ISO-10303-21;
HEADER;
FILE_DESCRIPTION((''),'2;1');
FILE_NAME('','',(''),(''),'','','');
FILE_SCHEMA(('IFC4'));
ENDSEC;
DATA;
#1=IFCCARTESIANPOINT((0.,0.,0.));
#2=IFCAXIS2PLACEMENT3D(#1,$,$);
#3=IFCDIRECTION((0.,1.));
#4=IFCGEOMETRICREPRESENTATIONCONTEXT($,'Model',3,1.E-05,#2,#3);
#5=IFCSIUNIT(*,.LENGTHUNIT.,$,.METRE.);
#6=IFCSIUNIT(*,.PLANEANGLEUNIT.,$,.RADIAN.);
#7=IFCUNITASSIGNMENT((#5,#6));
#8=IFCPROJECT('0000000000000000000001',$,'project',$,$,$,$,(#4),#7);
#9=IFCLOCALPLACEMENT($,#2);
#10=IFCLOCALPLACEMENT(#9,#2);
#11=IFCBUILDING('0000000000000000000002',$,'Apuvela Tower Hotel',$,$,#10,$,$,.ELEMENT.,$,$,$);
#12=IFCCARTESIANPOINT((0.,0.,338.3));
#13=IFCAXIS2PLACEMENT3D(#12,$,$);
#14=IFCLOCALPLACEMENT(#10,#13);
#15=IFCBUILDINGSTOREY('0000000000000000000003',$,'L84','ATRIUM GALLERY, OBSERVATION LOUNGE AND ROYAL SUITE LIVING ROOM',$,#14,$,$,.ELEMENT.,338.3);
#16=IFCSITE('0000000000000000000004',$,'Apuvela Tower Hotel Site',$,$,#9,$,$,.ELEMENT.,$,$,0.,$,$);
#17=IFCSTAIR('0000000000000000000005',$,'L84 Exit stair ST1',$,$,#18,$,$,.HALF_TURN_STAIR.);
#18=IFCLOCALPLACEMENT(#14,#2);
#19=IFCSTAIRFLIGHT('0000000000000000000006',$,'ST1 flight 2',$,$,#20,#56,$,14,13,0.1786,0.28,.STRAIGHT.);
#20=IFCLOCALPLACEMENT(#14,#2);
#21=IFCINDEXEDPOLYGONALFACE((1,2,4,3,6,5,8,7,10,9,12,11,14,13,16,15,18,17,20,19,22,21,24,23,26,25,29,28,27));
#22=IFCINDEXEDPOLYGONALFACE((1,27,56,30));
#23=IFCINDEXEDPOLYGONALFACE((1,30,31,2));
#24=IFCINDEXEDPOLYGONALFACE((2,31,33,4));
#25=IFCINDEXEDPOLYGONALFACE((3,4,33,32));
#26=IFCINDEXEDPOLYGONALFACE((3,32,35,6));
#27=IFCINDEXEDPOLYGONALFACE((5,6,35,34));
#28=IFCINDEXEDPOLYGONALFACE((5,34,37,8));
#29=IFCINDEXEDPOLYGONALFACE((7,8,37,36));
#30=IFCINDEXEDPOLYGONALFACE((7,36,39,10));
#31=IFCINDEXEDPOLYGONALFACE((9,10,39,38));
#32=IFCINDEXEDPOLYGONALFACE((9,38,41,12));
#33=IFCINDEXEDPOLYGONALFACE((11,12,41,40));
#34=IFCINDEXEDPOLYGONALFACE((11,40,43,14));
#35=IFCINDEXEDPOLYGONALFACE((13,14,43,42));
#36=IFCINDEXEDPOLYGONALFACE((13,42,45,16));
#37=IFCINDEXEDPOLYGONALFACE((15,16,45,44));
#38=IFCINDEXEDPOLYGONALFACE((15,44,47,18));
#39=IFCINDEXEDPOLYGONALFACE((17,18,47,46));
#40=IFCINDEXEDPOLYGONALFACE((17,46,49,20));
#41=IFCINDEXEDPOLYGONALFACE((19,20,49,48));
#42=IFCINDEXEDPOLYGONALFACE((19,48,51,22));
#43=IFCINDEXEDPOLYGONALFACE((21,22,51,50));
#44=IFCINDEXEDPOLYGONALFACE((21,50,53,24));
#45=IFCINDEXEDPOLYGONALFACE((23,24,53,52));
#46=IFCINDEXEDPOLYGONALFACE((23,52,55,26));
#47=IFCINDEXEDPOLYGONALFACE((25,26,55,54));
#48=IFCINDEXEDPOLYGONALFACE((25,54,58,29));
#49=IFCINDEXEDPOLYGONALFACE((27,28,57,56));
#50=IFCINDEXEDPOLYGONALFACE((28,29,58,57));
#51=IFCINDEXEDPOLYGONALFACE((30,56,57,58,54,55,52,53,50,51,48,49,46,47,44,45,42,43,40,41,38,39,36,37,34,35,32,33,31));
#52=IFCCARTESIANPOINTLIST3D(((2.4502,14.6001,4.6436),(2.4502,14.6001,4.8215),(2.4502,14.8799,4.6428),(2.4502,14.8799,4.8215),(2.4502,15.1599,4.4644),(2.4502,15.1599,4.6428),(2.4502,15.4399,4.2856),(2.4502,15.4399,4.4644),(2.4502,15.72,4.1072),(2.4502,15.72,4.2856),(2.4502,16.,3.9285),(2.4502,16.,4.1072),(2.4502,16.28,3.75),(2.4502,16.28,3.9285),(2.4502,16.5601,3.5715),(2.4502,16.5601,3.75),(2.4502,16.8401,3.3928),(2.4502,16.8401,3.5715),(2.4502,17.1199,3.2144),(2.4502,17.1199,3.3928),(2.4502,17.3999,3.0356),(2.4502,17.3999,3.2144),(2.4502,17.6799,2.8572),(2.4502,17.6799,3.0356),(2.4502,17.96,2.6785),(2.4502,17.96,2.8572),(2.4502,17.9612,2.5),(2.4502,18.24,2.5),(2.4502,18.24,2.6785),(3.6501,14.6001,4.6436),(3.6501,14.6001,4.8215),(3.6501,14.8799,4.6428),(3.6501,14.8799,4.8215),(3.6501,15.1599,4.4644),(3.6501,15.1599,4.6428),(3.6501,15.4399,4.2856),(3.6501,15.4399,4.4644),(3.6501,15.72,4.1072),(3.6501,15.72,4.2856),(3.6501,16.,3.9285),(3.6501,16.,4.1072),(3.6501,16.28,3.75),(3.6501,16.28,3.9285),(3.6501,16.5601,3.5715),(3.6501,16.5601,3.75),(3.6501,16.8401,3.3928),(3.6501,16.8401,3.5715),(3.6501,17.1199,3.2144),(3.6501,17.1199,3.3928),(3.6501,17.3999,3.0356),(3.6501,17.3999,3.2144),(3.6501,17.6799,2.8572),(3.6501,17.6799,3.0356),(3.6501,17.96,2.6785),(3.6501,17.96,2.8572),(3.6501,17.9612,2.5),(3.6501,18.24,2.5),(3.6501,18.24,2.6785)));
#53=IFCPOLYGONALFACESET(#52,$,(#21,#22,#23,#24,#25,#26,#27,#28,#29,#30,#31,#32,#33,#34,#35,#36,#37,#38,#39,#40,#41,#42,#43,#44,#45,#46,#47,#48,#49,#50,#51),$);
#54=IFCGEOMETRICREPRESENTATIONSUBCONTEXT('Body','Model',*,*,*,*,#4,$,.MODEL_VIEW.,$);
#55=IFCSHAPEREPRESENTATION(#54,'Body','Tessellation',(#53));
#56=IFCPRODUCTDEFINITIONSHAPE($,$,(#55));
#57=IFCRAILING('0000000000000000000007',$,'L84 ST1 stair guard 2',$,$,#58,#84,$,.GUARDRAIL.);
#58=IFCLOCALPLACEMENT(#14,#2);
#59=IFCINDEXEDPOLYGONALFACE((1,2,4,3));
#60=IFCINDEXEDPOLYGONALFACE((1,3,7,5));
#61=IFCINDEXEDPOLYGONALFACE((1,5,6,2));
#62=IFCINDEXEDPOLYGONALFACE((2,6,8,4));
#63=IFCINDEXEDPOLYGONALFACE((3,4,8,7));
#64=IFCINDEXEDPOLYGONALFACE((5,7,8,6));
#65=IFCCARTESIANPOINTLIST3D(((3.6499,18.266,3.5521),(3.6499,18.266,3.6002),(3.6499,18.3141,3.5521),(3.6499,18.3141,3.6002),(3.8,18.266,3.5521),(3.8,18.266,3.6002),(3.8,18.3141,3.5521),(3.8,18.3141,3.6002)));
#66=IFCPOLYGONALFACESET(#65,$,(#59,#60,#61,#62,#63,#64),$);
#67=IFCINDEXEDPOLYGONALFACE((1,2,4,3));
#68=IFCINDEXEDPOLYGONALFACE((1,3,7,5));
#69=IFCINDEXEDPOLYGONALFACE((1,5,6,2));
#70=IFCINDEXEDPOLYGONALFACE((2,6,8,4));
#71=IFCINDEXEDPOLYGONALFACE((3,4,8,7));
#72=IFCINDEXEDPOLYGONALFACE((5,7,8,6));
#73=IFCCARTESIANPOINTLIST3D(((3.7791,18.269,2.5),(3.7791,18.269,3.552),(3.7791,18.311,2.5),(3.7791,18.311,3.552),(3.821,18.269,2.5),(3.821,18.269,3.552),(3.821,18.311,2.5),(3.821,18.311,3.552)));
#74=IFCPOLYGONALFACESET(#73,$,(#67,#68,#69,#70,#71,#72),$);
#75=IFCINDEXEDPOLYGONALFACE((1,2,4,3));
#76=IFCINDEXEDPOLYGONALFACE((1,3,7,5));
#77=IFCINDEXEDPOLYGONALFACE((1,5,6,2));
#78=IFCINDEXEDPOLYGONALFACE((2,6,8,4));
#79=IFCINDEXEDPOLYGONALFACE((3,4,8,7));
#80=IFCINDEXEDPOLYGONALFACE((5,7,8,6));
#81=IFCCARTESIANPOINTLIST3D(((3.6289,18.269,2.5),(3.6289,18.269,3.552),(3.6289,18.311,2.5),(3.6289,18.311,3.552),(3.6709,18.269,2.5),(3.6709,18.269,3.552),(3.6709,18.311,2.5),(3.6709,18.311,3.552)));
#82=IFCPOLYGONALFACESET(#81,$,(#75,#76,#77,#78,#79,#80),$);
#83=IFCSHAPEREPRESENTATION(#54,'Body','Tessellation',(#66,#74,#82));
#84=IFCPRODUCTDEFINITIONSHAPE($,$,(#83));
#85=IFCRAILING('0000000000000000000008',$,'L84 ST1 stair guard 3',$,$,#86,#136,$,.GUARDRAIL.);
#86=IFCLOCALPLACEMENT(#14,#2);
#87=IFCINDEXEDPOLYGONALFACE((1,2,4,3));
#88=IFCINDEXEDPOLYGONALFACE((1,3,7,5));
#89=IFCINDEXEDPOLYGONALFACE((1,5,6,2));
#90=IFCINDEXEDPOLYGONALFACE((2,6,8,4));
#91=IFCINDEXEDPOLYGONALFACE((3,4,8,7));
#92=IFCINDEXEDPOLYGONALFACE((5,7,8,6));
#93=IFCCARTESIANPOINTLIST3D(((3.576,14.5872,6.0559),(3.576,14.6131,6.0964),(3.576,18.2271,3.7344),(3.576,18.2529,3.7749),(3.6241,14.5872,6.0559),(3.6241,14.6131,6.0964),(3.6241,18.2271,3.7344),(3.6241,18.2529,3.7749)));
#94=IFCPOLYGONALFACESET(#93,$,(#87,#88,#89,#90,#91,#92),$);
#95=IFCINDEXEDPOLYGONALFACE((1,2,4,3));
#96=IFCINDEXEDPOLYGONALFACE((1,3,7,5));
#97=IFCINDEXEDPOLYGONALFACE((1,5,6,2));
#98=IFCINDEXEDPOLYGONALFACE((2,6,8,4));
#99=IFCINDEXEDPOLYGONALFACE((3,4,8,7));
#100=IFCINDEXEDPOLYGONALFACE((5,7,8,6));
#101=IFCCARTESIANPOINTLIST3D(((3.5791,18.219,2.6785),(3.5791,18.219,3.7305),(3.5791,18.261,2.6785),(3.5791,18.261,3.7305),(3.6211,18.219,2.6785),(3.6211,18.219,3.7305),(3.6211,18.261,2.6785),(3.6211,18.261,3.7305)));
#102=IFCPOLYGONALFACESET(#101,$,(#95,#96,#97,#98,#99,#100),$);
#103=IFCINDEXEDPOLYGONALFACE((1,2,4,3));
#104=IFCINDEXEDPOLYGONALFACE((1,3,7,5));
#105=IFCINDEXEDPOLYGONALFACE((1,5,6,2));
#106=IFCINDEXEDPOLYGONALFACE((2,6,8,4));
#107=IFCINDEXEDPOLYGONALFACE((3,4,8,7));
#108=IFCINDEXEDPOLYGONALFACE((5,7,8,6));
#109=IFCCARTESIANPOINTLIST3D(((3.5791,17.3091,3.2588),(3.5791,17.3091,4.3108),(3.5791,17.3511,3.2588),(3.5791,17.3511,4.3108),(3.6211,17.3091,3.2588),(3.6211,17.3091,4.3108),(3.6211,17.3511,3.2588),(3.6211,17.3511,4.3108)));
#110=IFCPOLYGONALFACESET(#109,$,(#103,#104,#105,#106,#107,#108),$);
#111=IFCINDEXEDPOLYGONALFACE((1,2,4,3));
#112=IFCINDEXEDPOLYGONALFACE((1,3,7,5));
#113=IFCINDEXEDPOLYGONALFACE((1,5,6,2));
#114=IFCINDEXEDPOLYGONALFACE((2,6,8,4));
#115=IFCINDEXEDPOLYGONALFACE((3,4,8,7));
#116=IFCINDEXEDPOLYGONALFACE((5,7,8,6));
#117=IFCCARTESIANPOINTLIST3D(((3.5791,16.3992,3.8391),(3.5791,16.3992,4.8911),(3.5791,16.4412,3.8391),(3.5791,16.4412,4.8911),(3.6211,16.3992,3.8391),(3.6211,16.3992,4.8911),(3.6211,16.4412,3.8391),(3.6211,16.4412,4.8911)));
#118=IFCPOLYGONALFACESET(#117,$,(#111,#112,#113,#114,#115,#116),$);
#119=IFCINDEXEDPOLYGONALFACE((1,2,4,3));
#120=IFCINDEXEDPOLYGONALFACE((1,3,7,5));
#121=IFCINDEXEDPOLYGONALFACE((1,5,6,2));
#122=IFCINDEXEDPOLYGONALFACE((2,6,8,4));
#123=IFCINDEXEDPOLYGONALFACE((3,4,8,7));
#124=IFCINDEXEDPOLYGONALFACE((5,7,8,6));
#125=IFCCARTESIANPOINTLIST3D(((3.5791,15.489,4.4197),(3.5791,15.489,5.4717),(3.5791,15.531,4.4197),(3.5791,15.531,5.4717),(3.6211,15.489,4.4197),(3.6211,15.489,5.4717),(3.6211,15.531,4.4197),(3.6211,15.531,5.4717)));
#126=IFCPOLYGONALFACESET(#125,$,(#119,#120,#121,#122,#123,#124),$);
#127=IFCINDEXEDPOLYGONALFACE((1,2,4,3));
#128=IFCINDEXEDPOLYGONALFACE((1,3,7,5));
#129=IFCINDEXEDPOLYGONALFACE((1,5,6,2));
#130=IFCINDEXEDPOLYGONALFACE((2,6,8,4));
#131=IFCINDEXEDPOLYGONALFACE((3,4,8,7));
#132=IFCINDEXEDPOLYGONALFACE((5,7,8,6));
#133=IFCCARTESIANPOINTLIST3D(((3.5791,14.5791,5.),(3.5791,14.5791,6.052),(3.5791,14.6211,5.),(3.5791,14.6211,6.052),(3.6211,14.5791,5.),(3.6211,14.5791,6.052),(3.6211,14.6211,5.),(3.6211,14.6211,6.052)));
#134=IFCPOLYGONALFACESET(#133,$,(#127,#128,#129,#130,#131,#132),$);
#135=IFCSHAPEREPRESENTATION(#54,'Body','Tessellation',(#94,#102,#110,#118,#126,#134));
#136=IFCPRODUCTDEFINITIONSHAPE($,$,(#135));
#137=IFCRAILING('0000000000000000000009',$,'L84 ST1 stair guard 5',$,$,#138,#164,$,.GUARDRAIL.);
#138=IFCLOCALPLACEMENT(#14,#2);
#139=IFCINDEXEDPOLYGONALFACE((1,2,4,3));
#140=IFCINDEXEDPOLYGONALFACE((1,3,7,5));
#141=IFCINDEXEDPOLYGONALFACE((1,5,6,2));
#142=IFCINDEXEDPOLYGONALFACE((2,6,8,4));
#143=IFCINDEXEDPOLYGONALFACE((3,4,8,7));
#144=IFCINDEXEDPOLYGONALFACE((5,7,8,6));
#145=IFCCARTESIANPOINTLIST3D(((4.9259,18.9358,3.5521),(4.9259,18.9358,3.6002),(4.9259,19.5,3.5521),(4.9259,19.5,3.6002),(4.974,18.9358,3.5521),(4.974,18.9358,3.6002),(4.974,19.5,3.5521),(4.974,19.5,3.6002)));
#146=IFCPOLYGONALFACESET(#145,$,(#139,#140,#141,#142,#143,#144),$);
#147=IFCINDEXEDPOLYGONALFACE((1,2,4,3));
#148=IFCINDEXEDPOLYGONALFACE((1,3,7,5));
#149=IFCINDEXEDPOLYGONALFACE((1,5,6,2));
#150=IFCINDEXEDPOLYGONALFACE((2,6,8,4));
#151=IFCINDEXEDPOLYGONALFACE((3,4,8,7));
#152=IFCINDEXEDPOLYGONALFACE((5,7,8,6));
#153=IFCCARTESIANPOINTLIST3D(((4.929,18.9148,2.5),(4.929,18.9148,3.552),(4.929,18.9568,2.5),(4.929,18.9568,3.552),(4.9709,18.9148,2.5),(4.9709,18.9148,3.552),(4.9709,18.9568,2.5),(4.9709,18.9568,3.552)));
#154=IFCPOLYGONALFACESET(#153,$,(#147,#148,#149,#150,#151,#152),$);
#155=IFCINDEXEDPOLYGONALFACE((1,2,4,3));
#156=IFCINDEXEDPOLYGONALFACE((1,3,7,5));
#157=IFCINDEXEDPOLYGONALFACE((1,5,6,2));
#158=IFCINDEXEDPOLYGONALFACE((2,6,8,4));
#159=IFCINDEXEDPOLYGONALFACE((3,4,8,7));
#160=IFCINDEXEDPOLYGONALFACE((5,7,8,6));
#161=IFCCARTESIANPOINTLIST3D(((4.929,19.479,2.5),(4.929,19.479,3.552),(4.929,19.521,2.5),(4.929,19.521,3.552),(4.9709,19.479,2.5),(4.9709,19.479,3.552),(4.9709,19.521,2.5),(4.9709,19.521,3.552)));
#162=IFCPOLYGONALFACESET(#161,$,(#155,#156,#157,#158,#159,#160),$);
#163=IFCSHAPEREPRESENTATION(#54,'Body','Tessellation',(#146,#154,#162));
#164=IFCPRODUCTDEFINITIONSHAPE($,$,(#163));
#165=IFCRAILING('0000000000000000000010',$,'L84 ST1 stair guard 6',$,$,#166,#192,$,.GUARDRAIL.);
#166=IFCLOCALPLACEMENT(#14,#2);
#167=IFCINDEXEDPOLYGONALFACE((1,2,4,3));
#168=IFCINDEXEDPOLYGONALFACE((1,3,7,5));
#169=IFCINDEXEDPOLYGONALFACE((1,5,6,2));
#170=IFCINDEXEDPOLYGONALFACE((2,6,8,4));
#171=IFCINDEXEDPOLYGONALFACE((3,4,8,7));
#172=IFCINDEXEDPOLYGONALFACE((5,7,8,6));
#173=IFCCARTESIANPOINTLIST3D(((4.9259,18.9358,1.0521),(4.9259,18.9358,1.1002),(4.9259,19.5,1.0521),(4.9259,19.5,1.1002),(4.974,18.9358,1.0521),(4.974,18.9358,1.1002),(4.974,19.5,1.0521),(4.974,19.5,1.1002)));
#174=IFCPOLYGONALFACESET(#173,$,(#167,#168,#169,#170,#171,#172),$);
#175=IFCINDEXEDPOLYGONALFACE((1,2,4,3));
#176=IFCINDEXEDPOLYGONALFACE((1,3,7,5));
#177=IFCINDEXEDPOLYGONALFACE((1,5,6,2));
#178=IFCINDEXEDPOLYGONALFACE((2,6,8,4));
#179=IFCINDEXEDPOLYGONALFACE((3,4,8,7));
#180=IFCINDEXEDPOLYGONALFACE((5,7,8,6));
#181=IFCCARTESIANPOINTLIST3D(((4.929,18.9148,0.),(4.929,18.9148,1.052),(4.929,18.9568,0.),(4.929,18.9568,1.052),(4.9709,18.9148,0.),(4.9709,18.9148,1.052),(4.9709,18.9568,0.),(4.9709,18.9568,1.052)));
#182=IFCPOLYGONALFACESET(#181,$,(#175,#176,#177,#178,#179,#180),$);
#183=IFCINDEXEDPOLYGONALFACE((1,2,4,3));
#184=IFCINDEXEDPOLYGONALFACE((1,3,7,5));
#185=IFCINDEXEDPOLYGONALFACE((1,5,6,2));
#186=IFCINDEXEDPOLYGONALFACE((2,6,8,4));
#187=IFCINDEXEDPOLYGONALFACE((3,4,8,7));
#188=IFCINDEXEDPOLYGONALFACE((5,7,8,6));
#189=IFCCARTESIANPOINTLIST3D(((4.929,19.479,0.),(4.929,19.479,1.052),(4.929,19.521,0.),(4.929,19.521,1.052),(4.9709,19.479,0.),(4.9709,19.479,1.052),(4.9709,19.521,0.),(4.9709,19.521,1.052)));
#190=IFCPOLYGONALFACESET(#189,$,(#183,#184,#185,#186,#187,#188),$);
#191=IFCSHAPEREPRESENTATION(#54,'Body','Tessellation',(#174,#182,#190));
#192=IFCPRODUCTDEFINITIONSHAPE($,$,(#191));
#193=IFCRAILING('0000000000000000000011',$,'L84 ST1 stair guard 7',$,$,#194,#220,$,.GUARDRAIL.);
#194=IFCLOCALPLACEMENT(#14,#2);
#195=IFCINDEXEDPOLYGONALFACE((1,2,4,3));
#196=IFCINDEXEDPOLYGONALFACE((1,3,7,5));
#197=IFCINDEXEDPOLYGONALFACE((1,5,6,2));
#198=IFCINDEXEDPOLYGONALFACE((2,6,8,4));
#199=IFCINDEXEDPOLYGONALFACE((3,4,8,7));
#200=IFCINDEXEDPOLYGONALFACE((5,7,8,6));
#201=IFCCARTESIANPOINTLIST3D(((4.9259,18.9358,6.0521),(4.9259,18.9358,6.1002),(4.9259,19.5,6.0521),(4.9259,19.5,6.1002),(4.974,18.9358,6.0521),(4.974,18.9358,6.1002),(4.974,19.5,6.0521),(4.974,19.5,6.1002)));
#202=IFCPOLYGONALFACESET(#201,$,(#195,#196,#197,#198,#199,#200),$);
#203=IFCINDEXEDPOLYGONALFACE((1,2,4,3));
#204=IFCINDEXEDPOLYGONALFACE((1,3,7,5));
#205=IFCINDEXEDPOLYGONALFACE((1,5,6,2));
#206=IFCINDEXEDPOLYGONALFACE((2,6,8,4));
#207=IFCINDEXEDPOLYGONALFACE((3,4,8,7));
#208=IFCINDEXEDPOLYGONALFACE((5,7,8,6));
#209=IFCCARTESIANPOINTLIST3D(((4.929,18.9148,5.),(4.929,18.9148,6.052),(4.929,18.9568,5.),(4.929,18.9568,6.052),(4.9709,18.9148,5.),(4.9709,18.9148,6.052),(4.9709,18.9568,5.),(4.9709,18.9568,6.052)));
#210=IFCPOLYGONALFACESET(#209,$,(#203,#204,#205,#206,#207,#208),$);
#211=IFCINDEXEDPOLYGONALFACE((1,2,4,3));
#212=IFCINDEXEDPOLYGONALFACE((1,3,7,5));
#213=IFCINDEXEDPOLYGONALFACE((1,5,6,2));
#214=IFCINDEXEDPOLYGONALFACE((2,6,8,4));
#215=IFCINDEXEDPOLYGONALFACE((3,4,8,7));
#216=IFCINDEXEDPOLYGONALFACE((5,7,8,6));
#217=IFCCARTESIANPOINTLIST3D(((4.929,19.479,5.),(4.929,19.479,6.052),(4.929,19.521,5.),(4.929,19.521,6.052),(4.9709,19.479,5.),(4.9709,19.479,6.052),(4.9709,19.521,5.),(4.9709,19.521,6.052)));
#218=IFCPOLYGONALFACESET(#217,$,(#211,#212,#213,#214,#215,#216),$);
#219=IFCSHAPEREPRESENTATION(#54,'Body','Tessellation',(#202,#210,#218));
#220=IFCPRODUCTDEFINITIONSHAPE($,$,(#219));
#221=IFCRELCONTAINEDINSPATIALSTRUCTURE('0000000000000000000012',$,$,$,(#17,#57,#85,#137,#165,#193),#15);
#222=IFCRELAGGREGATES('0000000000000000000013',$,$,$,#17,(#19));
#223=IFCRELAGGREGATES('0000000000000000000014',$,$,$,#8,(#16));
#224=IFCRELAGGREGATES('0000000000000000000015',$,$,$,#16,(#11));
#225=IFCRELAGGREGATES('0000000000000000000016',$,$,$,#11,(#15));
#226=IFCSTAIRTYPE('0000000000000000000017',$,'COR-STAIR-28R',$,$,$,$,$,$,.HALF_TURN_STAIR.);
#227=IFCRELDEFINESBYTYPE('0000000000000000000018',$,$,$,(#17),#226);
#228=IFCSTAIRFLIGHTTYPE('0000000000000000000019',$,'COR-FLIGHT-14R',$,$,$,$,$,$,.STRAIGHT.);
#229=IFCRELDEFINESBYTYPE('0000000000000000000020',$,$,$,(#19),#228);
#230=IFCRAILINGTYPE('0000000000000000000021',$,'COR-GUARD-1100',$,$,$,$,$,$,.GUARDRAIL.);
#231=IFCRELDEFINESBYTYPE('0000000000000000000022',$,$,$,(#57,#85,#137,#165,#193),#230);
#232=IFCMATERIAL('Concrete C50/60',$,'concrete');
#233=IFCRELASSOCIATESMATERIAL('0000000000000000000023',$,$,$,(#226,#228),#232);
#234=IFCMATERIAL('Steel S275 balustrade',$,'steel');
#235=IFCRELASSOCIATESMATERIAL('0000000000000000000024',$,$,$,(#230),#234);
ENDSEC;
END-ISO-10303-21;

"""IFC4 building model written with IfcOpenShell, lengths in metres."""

from ifc_helpers import new_model, si_unit, direction, frame, origin, origin_2d, place, context, subcontext, project, spatial, polyline, rectangle, outline, extrude, material, type_object, element, aggregate, save


model = new_model("IFC4")

# Units and contexts
model_context = context("Model", 3, precision=1e-05, world=origin(), true_north=direction((0.0, 1.0)))
body_context = subcontext(model_context, "Body", "Model", "MODEL_VIEW")
ifc_project = project(units=[si_unit("LENGTHUNIT", "METRE"), si_unit("PLANEANGLEUNIT", "RADIAN")], contexts=[model_context])

# Site, building, storey
site_placement = place(None, origin())
site = spatial("IfcSite", under=ifc_project, at=site_placement, Name="Apuvela Tower Hotel Site", CompositionType="ELEMENT", RefElevation=0.0)
building_placement = place(site_placement, origin())
building = spatial("IfcBuilding", under=site, at=building_placement, Name="Apuvela Tower Hotel", CompositionType="ELEMENT")
storey_placement = place(building_placement, frame((0.0, 0.0, 338.3)))
storey = spatial("IfcBuildingStorey", under=building, at=storey_placement, Name="L84", Description="ATRIUM GALLERY, OBSERVATION LOUNGE AND ROYAL SUITE LIVING ROOM", CompositionType="ELEMENT", Elevation=338.3)

# Shared definitions
ifc_material_1 = material(Name="Concrete C50/60", Category="concrete")

# Stair, stair flight
stair_type = type_object("IfcStairType", Name="COR-STAIR-28R", PredefinedType="HALF_TURN_STAIR", material=ifc_material_1)
stair_placement = place(storey_placement, origin())
stair = element("IfcStair", 1, at=stair_placement, inside=storey, type_object=stair_type, Name="L84 Exit stair ST1", PredefinedType="HALF_TURN_STAIR")
stair_flight_type = type_object("IfcStairFlightType", Name="COR-FLIGHT-14R", PredefinedType="STRAIGHT", material=ifc_material_1)
stair_flight_placement = place(storey_placement, frame((3.05, 18.24, 2.5), z_axis=(0.0, 0.0, 1.0), x_axis=(0.0, -1.0, 0.0)))
stair_flight = element("IfcStairFlight", 2, at=stair_flight_placement, type_object=stair_flight_type, Name="ST1 flight 2", NumberOfRisers=14, NumberOfTreads=13, PredefinedType="STRAIGHT", RiserHeight=0.1786, TreadLength=0.28, context=body_context, shape_type="SweptSolid", body=[
    extrude(outline(polyline([(0.0, 0.0), (0.0, 0.1785), (0.28, 0.1785), (0.28, 0.3572), (0.5601, 0.3572), (0.5601, 0.5356), (0.8401, 0.5356), (0.8401, 0.7144), (1.1201, 0.7144), (1.1201, 0.8928), (1.3999, 0.8928), (1.3999, 1.0715), (1.6799, 1.0715), (1.6799, 1.25), (1.96, 1.25), (1.96, 1.4285), (2.24, 1.4285), (2.24, 1.6072), (2.52, 1.6072), (2.52, 1.7856), (2.8, 1.7856), (2.8, 1.9644), (3.0801, 1.9644), (3.0801, 2.1428), (3.3601, 2.1428), (3.3601, 2.3215), (3.6399, 2.3215), (3.6399, 2.5), (3.6399, 2.1436), (0.2788, 0.0), (0.0, 0.0)])), frame((0.0, 0.6001, 0.0), z_axis=(0.0, -1.0, 0.0), x_axis=(1.0, 0.0, 0.0)), (0.0, 0.0, 1.0), 1.2),
])
aggregate(stair, [stair_flight])

# Railings
ifc_material_2 = material(Name="Steel S275 balustrade", Category="steel")
railing_type_1 = type_object("IfcRailingType", Name="COR-GUARD-1100", PredefinedType="GUARDRAIL", material=ifc_material_2)
railing_1_placement = place(storey_placement, frame((3.8, 18.29, 2.5)))
element("IfcRailing", 3, at=railing_1_placement, inside=storey, type_object=railing_type_1, Name="L84 ST1 stair guard 2", PredefinedType="GUARDRAIL", context=body_context, shape_type="SweptSolid", body=[
    extrude(rectangle(XDim=0.0481, YDim=0.0481, at=origin_2d()), frame((0.0, 0.0, 1.0762), z_axis=(-1.0, 0.0, 0.0), x_axis=(0.0, -1.0, 0.0)), (0.0, 0.0, 1.0), 0.1501),
    extrude(rectangle(XDim=0.042, YDim=0.042, at=origin_2d()), origin(), (0.0, 0.0, 1.0), 1.052),
    extrude(rectangle(XDim=0.042, YDim=0.042, at=origin_2d()), frame((-0.1501, 0.0, 0.0)), (0.0, 0.0, 1.0), 1.052),
])
railing_2_placement = place(storey_placement, frame((3.6001, 18.24, 2.6785)))
element("IfcRailing", 4, at=railing_2_placement, inside=storey, type_object=railing_type_1, Name="L84 ST1 stair guard 3", PredefinedType="GUARDRAIL", context=body_context, shape_type="SweptSolid", body=[
    extrude(rectangle(XDim=0.0481, YDim=0.0481, at=origin_2d()), frame((0.0, 0.0, 1.0762), z_axis=(0.0, -0.843112, 0.537739), x_axis=(1.0, 0.0, 0.0)), (0.0, 0.0, 1.0), 4.3171),
    extrude(rectangle(XDim=0.042, YDim=0.042, at=origin_2d()), origin(), (0.0, 0.0, 1.0), 1.052),
    extrude(rectangle(XDim=0.042, YDim=0.042, at=origin_2d()), frame((0.0, -0.9099, 0.5803)), (0.0, 0.0, 1.0), 1.052),
    extrude(rectangle(XDim=0.042, YDim=0.042, at=origin_2d()), frame((0.0, -1.8198, 1.1606)), (0.0, 0.0, 1.0), 1.052),
    extrude(rectangle(XDim=0.042, YDim=0.042, at=origin_2d()), frame((0.0, -2.73, 1.7412)), (0.0, 0.0, 1.0), 1.052),
    extrude(rectangle(XDim=0.042, YDim=0.042, at=origin_2d()), frame((0.0, -3.6399, 2.3215)), (0.0, 0.0, 1.0), 1.052),
])
for number, where, name in (
    (5, (4.95, 18.9358, 2.5), "L84 ST1 stair guard 5"),
    (6, (4.95, 18.9358, 0.0), "L84 ST1 stair guard 6"),
    (7, (4.95, 18.9358, 5.0), "L84 ST1 stair guard 7"),
):
    element("IfcRailing", number, at=place(storey_placement, frame(where)), inside=storey, type_object=railing_type_1, Name=name, PredefinedType="GUARDRAIL", context=body_context, shape_type="SweptSolid", body=[
        extrude(rectangle(XDim=0.0481, YDim=0.0481, at=origin_2d()), frame((0.0, 0.0, 1.0762), z_axis=(0.0, 1.0, 0.0), x_axis=(-1.0, 0.0, 0.0)), (0.0, 0.0, 1.0), 0.5642),
        extrude(rectangle(XDim=0.042, YDim=0.042, at=origin_2d()), origin(), (0.0, 0.0, 1.0), 1.052),
        extrude(rectangle(XDim=0.042, YDim=0.042, at=origin_2d()), frame((0.0, 0.5642, 0.0)), (0.0, 0.0, 1.0), 1.052),
    ])

save(model, "model.ifc")
